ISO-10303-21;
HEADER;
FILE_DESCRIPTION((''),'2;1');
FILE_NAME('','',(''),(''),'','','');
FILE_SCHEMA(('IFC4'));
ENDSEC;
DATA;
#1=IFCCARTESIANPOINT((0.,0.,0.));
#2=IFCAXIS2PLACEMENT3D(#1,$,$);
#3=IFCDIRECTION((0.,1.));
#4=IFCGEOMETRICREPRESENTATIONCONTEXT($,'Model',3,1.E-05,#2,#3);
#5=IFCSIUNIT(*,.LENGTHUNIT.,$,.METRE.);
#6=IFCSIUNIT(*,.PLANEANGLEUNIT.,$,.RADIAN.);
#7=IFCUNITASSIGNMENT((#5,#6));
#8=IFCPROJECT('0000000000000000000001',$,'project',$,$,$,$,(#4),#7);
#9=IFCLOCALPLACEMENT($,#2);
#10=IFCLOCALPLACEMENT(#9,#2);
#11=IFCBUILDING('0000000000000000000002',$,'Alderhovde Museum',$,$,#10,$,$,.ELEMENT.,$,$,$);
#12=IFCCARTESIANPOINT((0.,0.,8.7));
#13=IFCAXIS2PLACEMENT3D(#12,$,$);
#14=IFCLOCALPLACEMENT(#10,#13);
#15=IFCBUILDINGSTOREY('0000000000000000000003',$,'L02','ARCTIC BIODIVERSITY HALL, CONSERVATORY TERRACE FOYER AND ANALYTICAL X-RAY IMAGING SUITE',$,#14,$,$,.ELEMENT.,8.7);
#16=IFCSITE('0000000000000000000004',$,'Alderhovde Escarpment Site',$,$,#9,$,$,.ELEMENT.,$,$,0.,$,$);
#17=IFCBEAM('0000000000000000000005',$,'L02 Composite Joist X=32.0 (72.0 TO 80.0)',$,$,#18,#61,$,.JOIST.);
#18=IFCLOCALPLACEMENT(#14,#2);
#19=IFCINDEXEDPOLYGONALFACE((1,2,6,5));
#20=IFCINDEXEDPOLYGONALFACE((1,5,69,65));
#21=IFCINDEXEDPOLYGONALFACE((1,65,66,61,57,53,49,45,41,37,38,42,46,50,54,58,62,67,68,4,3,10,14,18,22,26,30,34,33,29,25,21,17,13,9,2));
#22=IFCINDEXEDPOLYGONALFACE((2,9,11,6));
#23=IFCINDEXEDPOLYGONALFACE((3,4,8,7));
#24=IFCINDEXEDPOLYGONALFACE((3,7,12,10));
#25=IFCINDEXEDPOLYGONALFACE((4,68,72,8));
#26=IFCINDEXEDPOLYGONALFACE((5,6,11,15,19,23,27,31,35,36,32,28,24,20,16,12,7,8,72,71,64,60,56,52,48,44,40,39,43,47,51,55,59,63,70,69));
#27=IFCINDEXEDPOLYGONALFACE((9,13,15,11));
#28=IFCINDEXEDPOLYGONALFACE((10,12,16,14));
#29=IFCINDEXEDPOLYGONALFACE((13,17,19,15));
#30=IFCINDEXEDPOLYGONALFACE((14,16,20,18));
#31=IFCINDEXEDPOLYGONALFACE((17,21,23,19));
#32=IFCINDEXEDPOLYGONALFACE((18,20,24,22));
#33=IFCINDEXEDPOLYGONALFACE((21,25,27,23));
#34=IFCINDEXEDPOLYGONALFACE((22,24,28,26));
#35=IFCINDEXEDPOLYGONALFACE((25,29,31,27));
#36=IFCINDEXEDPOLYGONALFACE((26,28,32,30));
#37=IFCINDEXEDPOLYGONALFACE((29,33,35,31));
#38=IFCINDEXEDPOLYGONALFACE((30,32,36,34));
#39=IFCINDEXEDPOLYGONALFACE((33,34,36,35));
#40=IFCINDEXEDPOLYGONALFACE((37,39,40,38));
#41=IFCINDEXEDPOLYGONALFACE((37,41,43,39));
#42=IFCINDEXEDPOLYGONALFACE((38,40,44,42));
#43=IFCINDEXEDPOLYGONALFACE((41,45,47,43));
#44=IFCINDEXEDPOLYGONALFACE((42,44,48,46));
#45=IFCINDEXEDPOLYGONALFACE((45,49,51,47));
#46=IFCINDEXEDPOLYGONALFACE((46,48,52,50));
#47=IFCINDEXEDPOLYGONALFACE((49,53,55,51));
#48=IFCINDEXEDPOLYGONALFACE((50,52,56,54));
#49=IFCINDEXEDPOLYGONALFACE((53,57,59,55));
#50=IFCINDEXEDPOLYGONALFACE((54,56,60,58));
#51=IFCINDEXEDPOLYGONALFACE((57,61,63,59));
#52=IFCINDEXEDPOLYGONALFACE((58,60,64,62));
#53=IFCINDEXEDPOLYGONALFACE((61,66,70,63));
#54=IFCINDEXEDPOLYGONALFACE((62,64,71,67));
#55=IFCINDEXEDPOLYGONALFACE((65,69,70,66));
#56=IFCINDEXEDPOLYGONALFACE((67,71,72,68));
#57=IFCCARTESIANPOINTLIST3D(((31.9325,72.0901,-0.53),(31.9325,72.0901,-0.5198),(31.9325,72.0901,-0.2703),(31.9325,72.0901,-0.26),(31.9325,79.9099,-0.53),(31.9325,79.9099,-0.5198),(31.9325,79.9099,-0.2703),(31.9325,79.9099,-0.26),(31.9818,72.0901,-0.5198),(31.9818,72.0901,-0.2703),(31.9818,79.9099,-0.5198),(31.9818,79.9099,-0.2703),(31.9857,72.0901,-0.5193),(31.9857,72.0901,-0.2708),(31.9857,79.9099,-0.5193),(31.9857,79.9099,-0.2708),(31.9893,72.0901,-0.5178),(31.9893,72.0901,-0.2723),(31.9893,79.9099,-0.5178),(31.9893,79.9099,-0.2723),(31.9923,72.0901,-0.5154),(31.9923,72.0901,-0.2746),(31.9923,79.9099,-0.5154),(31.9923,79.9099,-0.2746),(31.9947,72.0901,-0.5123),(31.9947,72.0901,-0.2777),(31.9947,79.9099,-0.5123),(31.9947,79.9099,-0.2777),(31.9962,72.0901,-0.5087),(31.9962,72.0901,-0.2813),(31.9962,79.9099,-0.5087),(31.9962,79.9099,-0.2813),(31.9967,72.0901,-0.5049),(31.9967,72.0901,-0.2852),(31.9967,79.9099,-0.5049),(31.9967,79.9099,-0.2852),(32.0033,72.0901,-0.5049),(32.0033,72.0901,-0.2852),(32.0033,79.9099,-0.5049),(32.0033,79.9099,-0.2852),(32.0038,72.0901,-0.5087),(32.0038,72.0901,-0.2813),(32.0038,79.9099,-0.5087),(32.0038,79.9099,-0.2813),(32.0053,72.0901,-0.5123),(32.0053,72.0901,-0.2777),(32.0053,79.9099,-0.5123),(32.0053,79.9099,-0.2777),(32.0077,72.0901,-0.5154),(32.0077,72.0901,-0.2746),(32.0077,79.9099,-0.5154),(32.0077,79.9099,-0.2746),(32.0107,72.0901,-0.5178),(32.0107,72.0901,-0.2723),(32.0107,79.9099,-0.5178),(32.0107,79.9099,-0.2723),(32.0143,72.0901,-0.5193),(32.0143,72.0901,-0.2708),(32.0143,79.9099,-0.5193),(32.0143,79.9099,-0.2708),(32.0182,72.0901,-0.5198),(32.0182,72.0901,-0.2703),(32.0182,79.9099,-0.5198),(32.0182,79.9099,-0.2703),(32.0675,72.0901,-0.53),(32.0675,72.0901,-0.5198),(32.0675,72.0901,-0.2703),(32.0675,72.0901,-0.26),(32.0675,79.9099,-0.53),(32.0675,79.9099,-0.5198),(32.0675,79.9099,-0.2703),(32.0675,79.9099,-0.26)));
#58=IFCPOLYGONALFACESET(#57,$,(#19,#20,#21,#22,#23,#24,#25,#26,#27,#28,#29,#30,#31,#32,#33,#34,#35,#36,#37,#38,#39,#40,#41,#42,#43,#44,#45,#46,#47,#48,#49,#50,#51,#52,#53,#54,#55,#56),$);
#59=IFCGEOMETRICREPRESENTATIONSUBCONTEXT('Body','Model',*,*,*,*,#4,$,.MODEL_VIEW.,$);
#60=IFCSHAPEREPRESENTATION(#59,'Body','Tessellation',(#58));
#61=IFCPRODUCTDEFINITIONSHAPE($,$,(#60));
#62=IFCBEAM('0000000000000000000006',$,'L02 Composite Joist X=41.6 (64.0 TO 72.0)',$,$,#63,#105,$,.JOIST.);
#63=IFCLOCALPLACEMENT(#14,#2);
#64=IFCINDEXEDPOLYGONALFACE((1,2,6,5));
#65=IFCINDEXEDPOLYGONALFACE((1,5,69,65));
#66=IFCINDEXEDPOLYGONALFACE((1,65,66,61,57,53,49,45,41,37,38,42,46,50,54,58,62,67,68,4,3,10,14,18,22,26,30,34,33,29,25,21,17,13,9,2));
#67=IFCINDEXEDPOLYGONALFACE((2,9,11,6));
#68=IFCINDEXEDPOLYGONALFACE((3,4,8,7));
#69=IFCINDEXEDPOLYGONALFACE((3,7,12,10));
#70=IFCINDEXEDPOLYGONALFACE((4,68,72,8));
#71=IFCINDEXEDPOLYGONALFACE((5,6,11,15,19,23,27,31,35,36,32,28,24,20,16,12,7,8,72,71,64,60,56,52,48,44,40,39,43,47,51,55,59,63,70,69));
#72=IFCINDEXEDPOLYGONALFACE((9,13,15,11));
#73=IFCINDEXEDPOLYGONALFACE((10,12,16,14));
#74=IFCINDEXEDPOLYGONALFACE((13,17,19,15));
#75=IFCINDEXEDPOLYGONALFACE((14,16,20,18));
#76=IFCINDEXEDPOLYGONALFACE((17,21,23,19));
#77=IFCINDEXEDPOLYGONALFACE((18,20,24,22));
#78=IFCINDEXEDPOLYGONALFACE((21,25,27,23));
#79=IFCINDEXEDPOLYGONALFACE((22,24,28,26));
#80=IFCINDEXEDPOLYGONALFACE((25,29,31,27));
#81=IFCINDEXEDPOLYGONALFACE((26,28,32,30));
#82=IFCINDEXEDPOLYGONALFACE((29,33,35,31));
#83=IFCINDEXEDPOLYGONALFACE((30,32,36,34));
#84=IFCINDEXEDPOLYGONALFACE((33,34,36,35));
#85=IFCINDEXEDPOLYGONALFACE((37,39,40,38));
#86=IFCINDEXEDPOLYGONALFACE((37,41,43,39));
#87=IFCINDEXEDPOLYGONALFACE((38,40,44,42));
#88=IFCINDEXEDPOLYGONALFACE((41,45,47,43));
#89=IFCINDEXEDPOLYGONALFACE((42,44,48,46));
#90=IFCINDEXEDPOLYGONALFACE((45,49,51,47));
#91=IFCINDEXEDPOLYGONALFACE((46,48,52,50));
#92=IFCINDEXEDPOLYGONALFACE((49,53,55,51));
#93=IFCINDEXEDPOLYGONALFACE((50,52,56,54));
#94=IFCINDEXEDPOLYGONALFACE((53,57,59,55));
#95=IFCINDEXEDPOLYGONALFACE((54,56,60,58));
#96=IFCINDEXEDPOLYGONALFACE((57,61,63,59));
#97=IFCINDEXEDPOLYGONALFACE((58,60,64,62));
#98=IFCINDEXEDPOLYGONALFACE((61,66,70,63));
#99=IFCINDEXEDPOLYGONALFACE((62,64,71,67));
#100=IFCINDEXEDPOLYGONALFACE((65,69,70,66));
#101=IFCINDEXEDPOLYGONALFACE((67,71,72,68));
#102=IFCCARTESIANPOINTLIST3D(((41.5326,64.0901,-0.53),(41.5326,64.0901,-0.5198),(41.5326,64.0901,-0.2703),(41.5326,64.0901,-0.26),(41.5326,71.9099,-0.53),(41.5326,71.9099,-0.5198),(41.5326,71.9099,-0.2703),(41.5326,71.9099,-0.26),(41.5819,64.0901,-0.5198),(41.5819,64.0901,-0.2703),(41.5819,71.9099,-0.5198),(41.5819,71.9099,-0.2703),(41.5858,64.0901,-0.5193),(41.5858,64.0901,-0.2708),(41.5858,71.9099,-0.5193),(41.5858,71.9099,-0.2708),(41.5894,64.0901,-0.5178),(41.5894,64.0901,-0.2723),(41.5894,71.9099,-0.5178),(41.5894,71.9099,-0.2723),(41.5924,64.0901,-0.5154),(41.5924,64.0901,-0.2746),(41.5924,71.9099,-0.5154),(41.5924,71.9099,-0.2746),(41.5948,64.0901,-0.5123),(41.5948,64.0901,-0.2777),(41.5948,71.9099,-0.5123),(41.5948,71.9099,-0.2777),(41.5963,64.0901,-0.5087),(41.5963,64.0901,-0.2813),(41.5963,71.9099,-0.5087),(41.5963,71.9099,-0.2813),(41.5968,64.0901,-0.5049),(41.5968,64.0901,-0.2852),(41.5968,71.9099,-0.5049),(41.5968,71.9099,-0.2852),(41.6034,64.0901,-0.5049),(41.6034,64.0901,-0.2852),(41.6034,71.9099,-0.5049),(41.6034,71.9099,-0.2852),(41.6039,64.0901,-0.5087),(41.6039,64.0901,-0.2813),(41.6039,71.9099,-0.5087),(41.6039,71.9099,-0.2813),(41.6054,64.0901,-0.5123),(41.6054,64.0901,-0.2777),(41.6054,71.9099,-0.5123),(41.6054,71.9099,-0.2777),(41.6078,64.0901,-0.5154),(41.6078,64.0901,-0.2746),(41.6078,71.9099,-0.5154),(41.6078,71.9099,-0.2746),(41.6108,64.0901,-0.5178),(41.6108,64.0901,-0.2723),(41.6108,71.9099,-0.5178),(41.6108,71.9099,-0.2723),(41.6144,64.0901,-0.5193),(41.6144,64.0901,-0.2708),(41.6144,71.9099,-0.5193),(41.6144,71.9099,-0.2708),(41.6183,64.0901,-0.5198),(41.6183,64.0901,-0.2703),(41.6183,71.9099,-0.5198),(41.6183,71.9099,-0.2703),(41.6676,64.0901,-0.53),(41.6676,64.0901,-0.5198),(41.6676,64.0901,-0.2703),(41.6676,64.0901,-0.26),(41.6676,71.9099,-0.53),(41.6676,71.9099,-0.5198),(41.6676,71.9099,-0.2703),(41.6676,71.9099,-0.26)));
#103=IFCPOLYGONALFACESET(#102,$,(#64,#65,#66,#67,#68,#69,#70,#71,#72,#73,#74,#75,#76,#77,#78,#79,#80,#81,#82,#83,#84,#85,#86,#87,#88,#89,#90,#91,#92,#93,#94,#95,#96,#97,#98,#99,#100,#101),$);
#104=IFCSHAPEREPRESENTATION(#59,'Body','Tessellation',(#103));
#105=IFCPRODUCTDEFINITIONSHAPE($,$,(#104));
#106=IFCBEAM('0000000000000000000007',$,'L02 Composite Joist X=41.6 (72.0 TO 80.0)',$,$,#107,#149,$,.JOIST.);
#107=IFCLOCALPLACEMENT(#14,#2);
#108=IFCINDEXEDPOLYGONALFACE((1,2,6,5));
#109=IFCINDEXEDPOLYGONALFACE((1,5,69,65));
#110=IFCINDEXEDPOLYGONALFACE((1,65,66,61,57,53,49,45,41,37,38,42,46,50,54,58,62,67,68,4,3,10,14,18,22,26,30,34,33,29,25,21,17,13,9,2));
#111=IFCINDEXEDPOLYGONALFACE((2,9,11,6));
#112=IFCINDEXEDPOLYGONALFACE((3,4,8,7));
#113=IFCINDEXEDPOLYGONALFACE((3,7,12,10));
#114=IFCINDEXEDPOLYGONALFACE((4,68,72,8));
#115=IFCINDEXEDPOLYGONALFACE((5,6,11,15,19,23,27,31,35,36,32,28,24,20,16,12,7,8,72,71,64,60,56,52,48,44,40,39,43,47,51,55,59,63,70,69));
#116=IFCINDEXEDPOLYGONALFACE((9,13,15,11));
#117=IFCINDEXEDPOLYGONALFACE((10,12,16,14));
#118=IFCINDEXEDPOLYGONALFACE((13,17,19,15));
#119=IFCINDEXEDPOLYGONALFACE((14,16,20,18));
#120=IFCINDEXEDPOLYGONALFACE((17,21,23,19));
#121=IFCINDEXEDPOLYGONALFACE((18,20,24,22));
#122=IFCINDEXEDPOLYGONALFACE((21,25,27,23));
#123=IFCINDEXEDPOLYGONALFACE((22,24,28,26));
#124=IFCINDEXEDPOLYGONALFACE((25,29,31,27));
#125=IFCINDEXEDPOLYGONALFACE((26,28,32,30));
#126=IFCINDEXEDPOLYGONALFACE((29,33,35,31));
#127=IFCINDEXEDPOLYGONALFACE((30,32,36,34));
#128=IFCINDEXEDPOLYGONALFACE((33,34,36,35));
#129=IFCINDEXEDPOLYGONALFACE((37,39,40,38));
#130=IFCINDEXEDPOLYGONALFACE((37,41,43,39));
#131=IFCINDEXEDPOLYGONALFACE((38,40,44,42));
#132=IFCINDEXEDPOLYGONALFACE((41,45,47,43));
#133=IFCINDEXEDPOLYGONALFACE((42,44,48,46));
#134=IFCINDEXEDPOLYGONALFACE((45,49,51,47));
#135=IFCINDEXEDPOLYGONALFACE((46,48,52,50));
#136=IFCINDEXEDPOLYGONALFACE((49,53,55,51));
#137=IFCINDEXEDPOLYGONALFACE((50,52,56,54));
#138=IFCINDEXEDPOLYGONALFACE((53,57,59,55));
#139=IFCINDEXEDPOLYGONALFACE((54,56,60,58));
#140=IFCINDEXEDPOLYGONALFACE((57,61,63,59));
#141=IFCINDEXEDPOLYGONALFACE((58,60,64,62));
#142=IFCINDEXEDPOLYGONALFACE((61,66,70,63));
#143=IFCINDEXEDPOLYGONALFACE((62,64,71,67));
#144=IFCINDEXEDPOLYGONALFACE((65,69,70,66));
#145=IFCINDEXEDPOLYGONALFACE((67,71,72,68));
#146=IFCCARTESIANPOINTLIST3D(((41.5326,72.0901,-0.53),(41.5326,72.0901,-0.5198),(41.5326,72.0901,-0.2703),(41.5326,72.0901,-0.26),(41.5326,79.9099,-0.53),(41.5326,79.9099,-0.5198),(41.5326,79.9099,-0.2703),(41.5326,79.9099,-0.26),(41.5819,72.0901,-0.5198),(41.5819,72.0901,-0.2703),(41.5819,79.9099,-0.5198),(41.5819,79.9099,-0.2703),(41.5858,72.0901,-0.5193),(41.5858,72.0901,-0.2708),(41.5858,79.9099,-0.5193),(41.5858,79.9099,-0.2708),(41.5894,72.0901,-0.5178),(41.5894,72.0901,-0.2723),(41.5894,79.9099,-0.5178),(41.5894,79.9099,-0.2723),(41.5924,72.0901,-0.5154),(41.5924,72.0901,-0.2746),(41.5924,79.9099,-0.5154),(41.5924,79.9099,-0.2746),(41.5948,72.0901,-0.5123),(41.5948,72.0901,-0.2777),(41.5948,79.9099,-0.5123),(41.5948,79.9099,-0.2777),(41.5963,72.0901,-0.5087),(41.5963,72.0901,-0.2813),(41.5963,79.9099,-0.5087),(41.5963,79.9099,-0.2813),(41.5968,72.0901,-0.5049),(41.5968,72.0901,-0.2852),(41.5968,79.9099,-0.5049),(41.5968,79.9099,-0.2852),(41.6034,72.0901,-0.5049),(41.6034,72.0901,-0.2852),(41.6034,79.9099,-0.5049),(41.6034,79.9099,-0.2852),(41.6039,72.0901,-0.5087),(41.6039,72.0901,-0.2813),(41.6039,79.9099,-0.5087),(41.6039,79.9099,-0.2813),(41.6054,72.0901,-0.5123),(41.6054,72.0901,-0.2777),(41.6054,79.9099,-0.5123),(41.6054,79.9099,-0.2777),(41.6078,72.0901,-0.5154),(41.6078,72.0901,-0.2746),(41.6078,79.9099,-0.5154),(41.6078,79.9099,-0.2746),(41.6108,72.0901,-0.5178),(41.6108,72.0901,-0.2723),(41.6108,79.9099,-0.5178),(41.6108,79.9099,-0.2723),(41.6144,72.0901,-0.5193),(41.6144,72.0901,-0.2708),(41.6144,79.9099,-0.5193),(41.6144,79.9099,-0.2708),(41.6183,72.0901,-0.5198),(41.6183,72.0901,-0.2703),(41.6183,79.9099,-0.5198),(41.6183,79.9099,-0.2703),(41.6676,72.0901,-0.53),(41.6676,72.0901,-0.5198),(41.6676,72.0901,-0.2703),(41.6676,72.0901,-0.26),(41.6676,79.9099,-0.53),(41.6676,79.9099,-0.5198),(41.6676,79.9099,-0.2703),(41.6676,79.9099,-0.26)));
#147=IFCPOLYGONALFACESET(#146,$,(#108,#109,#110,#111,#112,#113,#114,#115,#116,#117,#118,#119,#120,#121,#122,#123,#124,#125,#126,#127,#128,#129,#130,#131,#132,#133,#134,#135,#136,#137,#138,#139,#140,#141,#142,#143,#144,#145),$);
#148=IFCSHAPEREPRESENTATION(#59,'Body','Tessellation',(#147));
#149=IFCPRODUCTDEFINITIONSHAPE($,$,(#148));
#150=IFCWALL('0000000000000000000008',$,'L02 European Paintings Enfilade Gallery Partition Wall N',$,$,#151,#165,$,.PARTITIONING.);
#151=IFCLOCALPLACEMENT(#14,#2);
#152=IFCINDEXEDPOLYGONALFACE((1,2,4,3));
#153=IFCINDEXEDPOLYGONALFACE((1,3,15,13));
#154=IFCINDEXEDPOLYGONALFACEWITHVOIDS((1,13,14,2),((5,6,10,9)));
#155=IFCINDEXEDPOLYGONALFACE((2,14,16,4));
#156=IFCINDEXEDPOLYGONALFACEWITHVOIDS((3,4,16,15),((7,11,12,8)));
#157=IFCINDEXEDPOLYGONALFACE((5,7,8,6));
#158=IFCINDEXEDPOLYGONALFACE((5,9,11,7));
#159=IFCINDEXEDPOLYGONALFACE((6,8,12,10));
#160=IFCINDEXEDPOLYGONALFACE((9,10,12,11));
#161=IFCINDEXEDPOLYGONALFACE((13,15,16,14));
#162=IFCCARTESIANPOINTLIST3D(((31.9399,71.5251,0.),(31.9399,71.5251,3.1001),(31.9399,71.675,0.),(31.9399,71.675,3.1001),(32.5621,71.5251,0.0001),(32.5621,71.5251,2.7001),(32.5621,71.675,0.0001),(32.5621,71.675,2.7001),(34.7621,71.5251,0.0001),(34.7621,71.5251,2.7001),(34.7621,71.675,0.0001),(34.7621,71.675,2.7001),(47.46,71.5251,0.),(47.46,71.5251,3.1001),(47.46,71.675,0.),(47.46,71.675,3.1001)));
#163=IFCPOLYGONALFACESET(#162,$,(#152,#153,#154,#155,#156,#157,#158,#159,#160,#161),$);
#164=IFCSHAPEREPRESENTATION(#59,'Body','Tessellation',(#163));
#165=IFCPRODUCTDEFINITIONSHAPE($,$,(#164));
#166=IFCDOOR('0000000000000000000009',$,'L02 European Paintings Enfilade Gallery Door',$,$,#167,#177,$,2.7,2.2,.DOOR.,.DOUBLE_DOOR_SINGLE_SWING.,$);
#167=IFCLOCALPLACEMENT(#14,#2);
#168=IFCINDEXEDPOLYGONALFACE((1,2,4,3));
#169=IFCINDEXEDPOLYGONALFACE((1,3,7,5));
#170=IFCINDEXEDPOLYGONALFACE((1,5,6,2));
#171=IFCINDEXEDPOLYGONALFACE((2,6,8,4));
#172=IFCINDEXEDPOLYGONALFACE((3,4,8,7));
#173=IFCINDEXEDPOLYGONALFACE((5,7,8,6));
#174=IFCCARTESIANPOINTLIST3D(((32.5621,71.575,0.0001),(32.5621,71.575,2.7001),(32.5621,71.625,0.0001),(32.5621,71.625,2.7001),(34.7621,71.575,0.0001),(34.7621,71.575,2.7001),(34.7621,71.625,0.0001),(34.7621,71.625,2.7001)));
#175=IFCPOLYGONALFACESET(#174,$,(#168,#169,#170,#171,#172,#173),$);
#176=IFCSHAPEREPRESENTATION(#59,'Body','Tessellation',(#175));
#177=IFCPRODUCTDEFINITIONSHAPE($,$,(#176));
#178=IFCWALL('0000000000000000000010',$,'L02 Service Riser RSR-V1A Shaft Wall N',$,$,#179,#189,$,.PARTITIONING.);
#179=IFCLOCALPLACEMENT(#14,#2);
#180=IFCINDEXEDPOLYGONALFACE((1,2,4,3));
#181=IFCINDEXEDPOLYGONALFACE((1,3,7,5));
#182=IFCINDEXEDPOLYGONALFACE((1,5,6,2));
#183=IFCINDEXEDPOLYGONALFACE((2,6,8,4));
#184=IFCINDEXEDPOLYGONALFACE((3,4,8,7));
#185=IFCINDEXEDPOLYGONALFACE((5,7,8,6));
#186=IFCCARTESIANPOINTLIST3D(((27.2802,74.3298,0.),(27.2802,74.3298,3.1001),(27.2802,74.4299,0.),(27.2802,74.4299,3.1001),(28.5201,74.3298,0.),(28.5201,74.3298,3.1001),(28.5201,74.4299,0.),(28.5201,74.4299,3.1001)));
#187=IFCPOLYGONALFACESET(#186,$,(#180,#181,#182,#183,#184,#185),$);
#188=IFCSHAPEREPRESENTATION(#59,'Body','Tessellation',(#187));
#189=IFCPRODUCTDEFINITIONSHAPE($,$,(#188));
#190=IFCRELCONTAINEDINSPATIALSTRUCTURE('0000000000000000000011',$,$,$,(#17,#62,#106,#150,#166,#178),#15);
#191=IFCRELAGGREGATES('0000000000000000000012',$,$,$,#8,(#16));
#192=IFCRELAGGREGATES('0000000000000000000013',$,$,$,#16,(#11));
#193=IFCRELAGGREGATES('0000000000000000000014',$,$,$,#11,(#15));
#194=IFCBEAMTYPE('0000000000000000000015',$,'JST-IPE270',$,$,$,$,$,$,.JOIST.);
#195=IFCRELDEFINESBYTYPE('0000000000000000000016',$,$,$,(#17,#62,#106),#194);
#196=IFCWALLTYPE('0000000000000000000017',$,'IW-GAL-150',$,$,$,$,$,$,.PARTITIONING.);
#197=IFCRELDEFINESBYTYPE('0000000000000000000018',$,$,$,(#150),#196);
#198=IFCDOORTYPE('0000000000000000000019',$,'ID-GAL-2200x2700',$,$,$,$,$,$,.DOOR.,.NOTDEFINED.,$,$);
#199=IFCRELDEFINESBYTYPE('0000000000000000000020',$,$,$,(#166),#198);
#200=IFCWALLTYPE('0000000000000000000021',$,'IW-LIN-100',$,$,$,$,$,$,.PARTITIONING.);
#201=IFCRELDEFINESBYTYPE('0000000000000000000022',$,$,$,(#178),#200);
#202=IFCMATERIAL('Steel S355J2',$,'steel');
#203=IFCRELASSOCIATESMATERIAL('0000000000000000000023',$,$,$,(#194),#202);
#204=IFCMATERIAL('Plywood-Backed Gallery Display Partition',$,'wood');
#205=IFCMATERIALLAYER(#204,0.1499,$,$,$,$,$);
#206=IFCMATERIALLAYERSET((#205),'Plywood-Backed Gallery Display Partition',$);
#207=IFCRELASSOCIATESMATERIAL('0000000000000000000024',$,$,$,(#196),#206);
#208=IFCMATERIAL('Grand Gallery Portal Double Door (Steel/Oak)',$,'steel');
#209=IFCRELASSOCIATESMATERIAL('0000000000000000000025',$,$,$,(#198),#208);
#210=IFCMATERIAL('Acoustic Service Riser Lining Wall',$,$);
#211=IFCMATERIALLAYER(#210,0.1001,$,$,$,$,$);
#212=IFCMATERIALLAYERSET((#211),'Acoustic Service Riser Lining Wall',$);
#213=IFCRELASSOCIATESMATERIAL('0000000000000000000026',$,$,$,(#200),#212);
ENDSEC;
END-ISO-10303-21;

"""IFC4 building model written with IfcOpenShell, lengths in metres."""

from ifc_helpers import new_model, si_unit, direction, frame, frame_2d, origin, origin_2d, place, context, subcontext, project, spatial, rectangle, i_section, extrude, material, layer, layer_set, material_profile, profile_set, type_object, element, fill, save


model = new_model("IFC4")

# Units and contexts
model_context = context("Model", 3, precision=1e-05, world=origin(), true_north=direction((0.0, 1.0)))
body_context = subcontext(model_context, "Body", "Model", "MODEL_VIEW")
ifc_project = project(units=[si_unit("LENGTHUNIT", "METRE"), si_unit("PLANEANGLEUNIT", "RADIAN")], contexts=[model_context])

# Site, building, storey
site_placement = place(None, origin())
site = spatial("IfcSite", under=ifc_project, at=site_placement, Name="Alderhovde Escarpment Site", CompositionType="ELEMENT", RefElevation=0.0)
building_placement = place(site_placement, origin())
building = spatial("IfcBuilding", under=site, at=building_placement, Name="Alderhovde Museum", CompositionType="ELEMENT")
storey_placement = place(building_placement, frame((0.0, 0.0, 8.7)))
storey = spatial("IfcBuildingStorey", under=building, at=storey_placement, Name="L02", Description="ARCTIC BIODIVERSITY HALL, CONSERVATORY TERRACE FOYER AND ANALYTICAL X-RAY IMAGING SUITE", CompositionType="ELEMENT", Elevation=8.7)

# Beams
ifc_material_1 = material(Name="Steel S355J2", Category="steel")
ifc_material_profile_1 = material_profile(ifc_material_1, i_section(OverallWidth=0.135, OverallDepth=0.27, WebThickness=0.0066, FlangeThickness=0.0103, FilletRadius=0.0149, at=origin_2d()), Name="IPE 270")
ifc_profile_set_1 = profile_set([ifc_material_profile_1], Name="Steel S355J2")
beam_type_1 = type_object("IfcBeamType", Name="JST-IPE270", PredefinedType="JOIST", material=ifc_profile_set_1)
for number, where, z_axis, x_axis, name in (
    (1, (32.0, 72.0901, -0.395), (0.0, 1.0, 0.0), (-1.0, 0.0, 0.0), "L02 Composite Joist X=32.0 (72.0 TO 80.0)"),
    (2, (41.6001, 64.0901, -0.395), (0.0, 1.0, 0.0), (-1.0, 0.0, 0.0), "L02 Composite Joist X=41.6 (64.0 TO 72.0)"),
    (3, (41.6001, 72.0901, -0.395), (0.0, 1.0, 0.0), (-1.0, 0.0, 0.0), "L02 Composite Joist X=41.6 (72.0 TO 80.0)"),
):
    element("IfcBeam", number, at=place(storey_placement, frame(where, z_axis=z_axis, x_axis=x_axis)), inside=storey, type_object=beam_type_1, Name=name, PredefinedType="JOIST", context=body_context, shape_type="SweptSolid", body=[
        extrude(i_section(OverallWidth=0.135, OverallDepth=0.27, WebThickness=0.0066, FlangeThickness=0.0103, FilletRadius=0.0149, at=origin_2d()), origin(), (0.0, 0.0, 1.0), 7.8198),
    ])

# Wall, opening, door
ifc_material_2 = material(Name="Plywood-Backed Gallery Display Partition", Category="wood")
ifc_layer_1 = layer(ifc_material_2, 0.1499)
ifc_layer_set_1 = layer_set([ifc_layer_1], Name="Plywood-Backed Gallery Display Partition")
wall_type_1 = type_object("IfcWallType", Name="IW-GAL-150", PredefinedType="PARTITIONING", material=ifc_layer_set_1)
wall_1_placement = place(storey_placement, frame((31.9399, 71.6001, 0.0), z_axis=(0.0, 0.0, 1.0), x_axis=(1.0, 0.0, 0.0)))
wall_1 = element("IfcWall", 4, at=wall_1_placement, inside=storey, type_object=wall_type_1, Name="L02 European Paintings Enfilade Gallery Partition Wall N", PredefinedType="PARTITIONING", context=body_context, shape_type="SweptSolid", body=[
    extrude(rectangle(XDim=15.52, YDim=0.1499, at=frame_2d((7.76, 0.0))), origin(), (0.0, 0.0, 1.0), 3.1001),
])
opening_1_placement = place(wall_1_placement, frame((0.6221, 0.0, 0.0)))
opening_1 = element("IfcOpeningElement", 5, at=opening_1_placement, cuts=wall_1, PredefinedType="OPENING", context=body_context, shape_type="SweptSolid", body=[
    extrude(rectangle(XDim=2.2, YDim=2.7, at=frame_2d((1.1001, 1.3501))), frame((0.0, 0.085, 0.0), z_axis=(0.0, -1.0, 0.0), x_axis=(1.0, 0.0, 0.0)), (0.0, 0.0, 1.0), 0.1699),
])
ifc_material_3 = material(Name="Grand Gallery Portal Double Door (Steel/Oak)", Category="steel")
door_type_1 = type_object("IfcDoorType", Name="ID-GAL-2200x2700", OperationType="NOTDEFINED", PredefinedType="DOOR", material=ifc_material_3)
door_1_placement = place(opening_1_placement, origin())
door_1 = element("IfcDoor", 6, at=door_1_placement, inside=storey, type_object=door_type_1, Name="L02 European Paintings Enfilade Gallery Door", OperationType="DOUBLE_DOOR_SINGLE_SWING", OverallHeight=2.7, OverallWidth=2.2, PredefinedType="DOOR", context=body_context, shape_type="SweptSolid", body=[
    extrude(rectangle(XDim=2.2, YDim=2.7, at=frame_2d((1.1001, 1.3501))), frame((0.0, 0.0249, 0.0), z_axis=(0.0, -1.0, 0.0), x_axis=(1.0, 0.0, 0.0)), (0.0, 0.0, 1.0), 0.05),
])
fill(opening_1, door_1)

# Wall
ifc_material_4 = material(Name="Acoustic Service Riser Lining Wall")
ifc_layer_2 = layer(ifc_material_4, 0.1001)
ifc_layer_set_2 = layer_set([ifc_layer_2], Name="Acoustic Service Riser Lining Wall")
wall_type_2 = type_object("IfcWallType", Name="IW-LIN-100", PredefinedType="PARTITIONING", material=ifc_layer_set_2)
for number, where, z_axis, x_axis, name in (
    (7, (27.28, 74.3799, 0.0), (0.0, 0.0, 1.0), (1.0, 0.0, 0.0), "L02 Service Riser RSR-V1A Shaft Wall N"),
):
    element("IfcWall", number, at=place(storey_placement, frame(where, z_axis=z_axis, x_axis=x_axis)), inside=storey, type_object=wall_type_2, Name=name, PredefinedType="PARTITIONING", context=body_context, shape_type="SweptSolid", body=[
        extrude(rectangle(XDim=1.24, YDim=0.1001, at=frame_2d((0.6201, 0.0))), origin(), (0.0, 0.0, 1.0), 3.1001),
    ])

save(model, "model.ifc")
